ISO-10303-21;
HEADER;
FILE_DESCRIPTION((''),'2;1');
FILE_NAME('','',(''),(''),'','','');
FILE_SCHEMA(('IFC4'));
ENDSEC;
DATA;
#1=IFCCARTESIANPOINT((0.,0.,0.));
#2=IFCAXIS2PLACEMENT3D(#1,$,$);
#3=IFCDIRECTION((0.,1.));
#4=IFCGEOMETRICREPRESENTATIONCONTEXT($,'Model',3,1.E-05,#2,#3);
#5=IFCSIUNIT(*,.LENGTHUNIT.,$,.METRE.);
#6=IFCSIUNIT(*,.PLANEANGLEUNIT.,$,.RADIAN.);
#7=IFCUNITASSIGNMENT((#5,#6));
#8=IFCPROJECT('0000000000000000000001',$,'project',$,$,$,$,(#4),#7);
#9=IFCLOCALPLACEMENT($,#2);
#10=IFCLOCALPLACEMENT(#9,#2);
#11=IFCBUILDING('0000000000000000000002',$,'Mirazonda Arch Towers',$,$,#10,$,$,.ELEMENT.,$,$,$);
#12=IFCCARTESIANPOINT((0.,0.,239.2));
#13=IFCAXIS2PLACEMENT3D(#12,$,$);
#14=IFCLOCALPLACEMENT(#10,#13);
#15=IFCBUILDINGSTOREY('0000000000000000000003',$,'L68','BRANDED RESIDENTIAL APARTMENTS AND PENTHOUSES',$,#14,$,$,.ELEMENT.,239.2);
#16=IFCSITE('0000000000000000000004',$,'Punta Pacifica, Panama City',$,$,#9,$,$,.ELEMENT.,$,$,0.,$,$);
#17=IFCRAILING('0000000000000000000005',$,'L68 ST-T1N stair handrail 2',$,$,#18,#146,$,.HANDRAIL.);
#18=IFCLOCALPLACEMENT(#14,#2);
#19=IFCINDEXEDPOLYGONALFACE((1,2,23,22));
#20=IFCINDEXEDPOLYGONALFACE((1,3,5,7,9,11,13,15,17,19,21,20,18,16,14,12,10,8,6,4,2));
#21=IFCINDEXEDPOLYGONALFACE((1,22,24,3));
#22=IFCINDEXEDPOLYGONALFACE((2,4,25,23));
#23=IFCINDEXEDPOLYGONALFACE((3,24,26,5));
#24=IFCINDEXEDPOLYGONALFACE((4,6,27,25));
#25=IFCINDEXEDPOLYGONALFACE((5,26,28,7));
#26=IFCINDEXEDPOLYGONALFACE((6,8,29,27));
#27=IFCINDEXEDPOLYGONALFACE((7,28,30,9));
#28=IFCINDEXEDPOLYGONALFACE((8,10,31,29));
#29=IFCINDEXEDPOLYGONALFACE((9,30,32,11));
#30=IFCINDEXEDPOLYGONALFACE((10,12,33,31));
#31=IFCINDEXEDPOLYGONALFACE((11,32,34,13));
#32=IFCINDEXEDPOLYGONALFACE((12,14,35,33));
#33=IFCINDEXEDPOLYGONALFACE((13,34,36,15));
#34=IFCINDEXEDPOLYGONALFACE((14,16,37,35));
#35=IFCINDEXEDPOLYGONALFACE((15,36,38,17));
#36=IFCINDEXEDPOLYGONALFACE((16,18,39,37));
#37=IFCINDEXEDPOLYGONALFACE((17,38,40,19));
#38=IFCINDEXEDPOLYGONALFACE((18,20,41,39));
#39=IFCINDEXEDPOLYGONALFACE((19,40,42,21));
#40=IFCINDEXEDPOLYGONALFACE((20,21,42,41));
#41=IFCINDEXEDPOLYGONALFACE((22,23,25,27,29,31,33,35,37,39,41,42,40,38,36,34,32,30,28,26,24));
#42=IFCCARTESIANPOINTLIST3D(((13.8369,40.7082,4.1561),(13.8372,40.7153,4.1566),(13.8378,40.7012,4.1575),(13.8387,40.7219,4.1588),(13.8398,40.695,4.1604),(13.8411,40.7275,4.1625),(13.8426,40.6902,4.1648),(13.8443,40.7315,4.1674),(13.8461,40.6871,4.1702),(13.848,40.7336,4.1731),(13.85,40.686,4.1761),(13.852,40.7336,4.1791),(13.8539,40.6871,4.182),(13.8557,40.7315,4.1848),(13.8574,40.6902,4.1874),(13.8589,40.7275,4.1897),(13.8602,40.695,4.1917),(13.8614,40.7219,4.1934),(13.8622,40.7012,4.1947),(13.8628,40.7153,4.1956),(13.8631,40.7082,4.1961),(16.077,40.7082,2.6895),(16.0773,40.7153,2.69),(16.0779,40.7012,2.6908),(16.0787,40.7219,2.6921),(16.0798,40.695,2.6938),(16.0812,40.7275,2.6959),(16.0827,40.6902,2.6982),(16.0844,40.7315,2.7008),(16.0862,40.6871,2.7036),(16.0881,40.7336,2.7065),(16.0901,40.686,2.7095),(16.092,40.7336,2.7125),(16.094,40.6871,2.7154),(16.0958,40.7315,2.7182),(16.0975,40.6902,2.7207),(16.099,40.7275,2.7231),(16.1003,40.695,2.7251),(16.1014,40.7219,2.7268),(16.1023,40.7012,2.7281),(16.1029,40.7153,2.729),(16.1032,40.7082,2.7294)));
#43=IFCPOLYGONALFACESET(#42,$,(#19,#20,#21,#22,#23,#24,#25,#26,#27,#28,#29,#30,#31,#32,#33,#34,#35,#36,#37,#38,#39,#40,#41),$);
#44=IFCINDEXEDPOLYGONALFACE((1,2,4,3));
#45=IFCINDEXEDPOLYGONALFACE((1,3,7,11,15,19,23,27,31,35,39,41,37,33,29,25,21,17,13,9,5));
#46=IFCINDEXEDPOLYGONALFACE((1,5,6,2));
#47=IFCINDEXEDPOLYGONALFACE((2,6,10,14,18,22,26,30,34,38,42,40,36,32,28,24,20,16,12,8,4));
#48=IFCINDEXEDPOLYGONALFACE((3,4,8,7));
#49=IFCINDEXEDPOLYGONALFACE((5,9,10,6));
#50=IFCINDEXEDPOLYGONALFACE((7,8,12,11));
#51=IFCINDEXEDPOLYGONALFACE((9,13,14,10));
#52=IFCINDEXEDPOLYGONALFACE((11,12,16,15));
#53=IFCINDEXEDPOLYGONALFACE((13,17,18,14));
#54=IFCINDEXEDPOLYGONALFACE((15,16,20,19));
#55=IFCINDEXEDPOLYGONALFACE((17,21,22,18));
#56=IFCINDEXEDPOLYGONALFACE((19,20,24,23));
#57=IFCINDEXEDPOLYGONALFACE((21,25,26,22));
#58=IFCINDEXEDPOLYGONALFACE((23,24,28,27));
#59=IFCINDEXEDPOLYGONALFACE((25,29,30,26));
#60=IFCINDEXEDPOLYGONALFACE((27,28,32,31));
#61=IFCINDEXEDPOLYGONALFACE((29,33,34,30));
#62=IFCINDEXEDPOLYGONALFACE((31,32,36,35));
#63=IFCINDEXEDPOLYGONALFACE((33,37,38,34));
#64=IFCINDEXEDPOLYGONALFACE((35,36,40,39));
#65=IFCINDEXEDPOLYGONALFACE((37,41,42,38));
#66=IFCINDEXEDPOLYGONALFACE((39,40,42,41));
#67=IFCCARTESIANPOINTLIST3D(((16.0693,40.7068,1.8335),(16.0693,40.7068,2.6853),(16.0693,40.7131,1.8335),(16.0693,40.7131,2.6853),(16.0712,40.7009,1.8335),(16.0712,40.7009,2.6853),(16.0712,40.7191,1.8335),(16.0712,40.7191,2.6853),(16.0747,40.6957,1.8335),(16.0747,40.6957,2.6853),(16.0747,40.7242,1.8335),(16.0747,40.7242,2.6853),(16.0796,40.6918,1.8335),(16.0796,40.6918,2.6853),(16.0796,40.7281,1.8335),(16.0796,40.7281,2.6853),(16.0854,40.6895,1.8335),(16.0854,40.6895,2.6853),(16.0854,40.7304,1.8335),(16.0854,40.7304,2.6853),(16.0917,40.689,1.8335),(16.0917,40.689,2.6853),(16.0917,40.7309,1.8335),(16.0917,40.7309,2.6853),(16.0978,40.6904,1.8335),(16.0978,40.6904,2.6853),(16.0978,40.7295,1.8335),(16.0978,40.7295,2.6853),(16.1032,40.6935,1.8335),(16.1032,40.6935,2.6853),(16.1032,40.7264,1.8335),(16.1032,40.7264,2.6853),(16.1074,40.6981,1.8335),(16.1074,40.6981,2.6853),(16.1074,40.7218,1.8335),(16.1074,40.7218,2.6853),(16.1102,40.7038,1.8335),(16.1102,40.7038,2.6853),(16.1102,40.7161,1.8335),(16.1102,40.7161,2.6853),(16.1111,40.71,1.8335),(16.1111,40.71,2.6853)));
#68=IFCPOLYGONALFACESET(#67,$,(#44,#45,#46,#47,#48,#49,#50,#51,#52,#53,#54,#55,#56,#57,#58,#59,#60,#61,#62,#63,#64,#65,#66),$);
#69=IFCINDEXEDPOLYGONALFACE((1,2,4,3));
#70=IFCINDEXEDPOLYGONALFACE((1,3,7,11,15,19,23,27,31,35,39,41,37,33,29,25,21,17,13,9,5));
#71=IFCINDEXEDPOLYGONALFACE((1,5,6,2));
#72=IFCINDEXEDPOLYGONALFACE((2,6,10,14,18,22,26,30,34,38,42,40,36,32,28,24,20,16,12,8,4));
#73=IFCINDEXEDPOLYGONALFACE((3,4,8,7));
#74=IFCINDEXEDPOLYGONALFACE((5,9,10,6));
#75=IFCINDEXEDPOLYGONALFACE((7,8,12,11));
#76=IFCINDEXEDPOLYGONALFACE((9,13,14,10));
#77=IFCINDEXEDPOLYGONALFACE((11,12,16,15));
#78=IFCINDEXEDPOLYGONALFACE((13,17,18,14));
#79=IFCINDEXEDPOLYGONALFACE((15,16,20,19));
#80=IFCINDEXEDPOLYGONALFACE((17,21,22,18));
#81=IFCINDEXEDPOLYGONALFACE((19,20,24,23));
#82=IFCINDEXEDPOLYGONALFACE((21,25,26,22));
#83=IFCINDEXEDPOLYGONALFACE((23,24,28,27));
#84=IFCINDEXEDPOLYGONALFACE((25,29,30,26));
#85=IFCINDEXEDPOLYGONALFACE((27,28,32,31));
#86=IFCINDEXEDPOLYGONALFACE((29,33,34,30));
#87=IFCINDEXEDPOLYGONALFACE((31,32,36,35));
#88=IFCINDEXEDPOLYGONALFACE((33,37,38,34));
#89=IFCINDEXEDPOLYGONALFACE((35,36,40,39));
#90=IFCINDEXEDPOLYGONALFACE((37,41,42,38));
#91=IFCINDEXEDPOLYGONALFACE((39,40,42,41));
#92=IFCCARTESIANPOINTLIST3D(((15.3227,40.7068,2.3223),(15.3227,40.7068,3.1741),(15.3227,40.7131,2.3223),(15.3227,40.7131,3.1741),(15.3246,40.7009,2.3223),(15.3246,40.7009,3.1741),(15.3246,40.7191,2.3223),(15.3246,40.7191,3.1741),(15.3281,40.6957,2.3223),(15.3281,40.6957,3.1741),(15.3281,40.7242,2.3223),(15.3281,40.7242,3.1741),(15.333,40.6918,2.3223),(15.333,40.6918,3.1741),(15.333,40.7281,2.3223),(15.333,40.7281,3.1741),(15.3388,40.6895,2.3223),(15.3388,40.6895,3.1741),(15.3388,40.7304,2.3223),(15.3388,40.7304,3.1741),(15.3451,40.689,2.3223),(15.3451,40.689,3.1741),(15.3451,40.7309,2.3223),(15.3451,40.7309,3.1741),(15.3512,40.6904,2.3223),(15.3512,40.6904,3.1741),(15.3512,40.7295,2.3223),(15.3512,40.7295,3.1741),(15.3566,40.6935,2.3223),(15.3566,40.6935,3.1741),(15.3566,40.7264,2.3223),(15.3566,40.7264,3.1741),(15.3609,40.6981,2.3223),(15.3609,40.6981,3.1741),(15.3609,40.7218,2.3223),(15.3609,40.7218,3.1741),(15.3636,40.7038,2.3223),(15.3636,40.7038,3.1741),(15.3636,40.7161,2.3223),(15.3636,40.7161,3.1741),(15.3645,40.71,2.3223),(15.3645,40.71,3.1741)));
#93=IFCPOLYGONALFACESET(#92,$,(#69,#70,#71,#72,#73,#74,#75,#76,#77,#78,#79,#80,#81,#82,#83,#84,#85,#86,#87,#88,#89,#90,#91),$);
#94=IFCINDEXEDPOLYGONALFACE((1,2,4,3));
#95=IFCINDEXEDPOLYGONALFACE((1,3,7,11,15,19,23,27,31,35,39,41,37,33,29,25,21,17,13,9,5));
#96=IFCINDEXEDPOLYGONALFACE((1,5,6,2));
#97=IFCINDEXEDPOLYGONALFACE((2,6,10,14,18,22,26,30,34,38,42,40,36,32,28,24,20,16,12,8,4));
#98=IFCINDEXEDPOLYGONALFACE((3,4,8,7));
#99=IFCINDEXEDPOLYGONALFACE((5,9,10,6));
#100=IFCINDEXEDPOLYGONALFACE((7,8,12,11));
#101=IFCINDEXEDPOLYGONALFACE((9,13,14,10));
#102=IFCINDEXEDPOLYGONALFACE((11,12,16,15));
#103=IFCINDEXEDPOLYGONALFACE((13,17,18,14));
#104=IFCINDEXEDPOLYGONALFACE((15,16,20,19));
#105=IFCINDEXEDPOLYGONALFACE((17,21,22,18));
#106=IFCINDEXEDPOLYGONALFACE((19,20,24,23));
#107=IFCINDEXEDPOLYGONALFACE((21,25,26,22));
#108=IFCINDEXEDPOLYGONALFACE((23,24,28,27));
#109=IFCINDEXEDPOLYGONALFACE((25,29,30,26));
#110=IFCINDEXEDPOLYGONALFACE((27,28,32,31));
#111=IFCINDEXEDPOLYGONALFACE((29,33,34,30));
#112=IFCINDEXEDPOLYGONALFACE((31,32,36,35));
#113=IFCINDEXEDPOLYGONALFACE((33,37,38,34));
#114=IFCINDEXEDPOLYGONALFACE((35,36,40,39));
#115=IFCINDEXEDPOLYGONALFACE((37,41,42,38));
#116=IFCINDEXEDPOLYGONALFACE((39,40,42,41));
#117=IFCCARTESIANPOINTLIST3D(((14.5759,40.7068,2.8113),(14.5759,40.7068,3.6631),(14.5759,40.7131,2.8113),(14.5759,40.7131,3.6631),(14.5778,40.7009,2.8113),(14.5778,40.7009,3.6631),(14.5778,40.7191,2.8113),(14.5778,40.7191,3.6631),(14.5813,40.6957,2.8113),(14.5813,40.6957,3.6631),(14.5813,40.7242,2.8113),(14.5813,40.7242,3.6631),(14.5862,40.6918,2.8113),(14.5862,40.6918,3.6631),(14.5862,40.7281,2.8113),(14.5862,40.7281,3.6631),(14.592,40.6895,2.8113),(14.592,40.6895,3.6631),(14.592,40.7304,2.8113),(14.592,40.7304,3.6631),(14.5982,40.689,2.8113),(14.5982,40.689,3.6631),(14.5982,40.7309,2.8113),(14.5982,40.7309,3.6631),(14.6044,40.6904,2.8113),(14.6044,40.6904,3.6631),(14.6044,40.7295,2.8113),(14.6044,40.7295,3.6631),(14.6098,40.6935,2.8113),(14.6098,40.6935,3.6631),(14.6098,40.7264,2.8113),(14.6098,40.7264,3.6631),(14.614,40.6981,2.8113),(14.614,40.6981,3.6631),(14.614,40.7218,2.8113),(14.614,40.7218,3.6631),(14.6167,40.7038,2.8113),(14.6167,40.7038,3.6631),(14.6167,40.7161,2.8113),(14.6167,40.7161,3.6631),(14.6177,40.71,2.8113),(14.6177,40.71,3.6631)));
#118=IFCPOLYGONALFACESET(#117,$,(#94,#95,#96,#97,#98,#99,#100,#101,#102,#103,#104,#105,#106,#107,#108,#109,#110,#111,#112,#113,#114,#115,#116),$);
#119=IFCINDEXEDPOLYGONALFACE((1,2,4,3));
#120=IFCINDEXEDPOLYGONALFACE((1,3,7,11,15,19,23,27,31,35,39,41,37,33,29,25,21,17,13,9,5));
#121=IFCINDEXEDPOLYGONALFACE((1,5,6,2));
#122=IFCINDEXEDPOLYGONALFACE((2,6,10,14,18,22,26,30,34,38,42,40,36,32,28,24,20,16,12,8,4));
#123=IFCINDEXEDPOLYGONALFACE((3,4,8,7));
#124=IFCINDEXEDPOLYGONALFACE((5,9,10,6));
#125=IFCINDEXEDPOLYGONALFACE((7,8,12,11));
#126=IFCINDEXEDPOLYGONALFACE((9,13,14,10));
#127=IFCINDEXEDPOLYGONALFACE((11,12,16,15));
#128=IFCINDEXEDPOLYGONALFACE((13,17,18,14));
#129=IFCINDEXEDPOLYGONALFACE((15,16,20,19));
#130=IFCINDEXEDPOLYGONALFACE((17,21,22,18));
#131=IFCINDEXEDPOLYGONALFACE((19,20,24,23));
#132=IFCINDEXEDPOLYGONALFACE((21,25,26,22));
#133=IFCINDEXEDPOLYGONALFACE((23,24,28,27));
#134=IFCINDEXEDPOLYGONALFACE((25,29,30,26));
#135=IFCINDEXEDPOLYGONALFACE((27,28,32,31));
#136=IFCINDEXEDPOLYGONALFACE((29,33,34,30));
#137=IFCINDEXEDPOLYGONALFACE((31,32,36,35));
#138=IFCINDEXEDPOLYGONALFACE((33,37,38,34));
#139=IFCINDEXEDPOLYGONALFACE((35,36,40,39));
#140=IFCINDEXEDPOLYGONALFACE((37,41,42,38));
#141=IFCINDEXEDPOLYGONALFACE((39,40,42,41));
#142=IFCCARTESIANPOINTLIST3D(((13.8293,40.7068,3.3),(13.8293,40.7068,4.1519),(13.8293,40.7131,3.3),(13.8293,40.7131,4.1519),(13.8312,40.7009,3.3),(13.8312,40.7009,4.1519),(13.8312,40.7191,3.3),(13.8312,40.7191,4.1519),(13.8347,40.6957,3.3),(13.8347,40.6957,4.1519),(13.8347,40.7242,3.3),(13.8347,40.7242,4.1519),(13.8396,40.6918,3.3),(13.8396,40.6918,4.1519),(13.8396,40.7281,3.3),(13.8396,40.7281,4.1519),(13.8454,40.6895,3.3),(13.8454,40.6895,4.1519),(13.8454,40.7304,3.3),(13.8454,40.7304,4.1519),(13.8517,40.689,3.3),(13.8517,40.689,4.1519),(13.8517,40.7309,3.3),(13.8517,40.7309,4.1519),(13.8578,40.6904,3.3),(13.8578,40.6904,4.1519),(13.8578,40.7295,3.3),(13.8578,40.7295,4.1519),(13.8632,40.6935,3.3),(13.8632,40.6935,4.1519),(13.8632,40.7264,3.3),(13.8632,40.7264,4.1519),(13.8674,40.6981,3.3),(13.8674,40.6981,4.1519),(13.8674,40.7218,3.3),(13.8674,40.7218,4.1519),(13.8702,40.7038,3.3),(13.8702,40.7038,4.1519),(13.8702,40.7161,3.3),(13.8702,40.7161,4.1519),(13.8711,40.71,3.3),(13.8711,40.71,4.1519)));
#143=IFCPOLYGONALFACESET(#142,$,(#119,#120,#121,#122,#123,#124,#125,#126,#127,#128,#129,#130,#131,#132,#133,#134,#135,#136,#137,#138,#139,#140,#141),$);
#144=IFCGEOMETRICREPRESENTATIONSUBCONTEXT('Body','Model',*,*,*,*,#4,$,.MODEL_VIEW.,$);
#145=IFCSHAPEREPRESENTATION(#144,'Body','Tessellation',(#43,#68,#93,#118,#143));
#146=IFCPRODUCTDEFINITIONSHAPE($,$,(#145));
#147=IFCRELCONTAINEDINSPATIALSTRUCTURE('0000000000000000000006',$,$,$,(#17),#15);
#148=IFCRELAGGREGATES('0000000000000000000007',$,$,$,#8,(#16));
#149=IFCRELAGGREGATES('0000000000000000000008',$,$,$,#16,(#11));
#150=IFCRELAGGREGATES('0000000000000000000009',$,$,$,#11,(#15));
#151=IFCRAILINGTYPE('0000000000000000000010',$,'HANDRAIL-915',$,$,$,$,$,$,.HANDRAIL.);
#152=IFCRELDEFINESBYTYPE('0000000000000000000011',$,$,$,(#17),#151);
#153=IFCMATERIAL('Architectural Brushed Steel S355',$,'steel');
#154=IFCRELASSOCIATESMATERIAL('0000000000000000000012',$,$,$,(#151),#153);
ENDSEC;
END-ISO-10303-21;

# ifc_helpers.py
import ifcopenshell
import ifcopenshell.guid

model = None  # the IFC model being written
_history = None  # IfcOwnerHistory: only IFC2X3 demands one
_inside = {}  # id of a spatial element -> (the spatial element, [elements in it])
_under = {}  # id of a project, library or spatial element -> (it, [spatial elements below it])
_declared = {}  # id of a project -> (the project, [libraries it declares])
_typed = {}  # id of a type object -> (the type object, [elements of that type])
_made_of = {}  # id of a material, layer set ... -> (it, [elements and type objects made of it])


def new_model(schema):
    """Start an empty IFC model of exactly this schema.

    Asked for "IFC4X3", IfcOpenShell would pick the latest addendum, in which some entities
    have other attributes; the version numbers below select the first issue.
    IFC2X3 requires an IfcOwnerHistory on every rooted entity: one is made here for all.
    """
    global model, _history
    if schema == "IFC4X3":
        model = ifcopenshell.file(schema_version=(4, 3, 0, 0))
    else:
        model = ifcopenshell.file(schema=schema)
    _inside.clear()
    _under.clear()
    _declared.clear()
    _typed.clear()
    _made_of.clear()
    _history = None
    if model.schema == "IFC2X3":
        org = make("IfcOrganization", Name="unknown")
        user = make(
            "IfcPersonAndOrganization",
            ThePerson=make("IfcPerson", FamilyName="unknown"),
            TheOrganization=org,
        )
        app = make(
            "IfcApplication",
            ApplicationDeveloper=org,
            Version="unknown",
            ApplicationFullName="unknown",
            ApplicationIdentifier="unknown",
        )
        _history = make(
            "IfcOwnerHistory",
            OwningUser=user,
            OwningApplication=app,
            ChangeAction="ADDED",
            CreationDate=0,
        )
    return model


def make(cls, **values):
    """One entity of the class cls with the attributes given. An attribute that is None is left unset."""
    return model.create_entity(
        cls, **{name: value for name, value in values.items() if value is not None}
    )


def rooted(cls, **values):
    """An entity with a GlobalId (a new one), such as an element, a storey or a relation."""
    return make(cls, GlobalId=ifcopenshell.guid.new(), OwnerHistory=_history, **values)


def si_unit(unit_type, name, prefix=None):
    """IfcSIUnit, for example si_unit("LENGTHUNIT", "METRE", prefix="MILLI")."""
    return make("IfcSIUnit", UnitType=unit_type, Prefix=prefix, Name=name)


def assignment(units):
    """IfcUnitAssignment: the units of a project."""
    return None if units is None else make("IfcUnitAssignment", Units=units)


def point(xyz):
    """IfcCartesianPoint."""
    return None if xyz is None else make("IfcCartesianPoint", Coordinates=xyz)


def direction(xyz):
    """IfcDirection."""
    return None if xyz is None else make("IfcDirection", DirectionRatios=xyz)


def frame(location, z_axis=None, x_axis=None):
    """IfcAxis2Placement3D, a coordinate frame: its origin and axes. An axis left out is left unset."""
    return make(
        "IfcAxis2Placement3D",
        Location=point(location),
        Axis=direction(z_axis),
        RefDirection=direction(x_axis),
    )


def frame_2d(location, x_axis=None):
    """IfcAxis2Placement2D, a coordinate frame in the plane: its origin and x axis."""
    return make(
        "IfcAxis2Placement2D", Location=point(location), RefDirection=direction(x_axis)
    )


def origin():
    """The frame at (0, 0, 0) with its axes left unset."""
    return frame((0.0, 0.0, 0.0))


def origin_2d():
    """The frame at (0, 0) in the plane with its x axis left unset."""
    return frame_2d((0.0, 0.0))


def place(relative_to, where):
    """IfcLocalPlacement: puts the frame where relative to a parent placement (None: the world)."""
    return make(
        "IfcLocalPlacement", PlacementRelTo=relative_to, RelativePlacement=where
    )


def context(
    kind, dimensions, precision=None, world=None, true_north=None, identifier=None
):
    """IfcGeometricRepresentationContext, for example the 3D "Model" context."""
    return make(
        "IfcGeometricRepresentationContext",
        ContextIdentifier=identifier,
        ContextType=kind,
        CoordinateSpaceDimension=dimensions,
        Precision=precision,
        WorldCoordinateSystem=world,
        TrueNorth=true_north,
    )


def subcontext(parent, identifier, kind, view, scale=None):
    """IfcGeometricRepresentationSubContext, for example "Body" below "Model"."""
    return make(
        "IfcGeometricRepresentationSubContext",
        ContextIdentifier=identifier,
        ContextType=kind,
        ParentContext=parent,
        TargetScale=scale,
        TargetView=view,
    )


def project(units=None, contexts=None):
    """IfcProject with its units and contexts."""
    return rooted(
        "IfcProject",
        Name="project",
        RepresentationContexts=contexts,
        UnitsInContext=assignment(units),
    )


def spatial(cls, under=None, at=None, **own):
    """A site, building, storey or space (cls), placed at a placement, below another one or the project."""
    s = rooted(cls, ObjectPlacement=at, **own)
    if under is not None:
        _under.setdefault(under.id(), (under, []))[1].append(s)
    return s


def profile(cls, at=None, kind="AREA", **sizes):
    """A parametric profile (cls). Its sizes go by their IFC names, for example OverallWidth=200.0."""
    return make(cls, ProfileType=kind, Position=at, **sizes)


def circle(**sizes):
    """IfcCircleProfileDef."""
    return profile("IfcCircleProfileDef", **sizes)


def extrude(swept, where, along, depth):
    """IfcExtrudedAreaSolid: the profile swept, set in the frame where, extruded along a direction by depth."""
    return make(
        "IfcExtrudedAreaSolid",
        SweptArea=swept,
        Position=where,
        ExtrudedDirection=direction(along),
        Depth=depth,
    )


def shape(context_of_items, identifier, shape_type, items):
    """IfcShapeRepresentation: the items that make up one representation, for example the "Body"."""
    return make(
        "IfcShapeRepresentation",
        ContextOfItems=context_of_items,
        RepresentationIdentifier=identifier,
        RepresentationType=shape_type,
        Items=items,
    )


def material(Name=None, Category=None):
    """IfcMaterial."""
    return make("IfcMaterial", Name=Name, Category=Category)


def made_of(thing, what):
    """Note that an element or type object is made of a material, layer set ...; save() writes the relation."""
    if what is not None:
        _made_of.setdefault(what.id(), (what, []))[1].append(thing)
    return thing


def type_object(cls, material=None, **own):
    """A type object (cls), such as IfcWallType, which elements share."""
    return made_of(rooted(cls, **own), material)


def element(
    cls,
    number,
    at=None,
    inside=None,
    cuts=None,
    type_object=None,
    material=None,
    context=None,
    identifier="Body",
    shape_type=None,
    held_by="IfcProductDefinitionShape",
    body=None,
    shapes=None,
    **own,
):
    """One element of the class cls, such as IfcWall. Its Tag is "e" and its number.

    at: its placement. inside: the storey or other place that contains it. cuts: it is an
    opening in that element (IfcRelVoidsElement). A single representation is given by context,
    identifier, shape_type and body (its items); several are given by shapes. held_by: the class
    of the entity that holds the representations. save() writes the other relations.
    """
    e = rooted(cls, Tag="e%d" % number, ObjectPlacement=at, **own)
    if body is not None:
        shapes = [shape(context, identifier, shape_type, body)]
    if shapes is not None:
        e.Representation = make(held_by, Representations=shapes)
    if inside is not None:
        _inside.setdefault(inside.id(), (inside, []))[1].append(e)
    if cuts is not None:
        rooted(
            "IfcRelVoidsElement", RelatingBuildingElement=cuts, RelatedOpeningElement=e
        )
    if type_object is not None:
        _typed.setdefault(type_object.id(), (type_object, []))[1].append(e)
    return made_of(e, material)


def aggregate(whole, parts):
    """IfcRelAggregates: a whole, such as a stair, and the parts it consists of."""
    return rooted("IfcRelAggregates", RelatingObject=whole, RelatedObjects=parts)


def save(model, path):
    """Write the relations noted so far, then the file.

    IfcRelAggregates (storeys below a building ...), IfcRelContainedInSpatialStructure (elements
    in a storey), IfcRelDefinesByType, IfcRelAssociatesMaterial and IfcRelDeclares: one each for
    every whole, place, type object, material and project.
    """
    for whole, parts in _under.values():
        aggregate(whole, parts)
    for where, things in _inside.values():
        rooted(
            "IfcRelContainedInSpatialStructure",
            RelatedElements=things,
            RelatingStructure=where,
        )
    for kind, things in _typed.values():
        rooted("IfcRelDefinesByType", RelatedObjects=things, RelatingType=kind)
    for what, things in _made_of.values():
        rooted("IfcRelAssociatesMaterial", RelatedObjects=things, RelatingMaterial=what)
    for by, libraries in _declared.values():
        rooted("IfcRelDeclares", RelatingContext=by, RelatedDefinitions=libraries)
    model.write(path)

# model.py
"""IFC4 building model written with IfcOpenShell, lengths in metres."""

from ifc_helpers import new_model, si_unit, direction, frame, origin, origin_2d, place, context, subcontext, project, spatial, circle, extrude, material, type_object, element, save


model = new_model("IFC4")

# Units and contexts
model_context = context("Model", 3, precision=1e-05, world=origin(), true_north=direction((0.0, 1.0)))
body_context = subcontext(model_context, "Body", "Model", "MODEL_VIEW")
ifc_project = project(units=[si_unit("LENGTHUNIT", "METRE"), si_unit("PLANEANGLEUNIT", "RADIAN")], contexts=[model_context])

# Site, building, storey
site_placement = place(None, origin())
site = spatial("IfcSite", under=ifc_project, at=site_placement, Name="Punta Pacifica, Panama City", CompositionType="ELEMENT", RefElevation=0.0)
building_placement = place(site_placement, origin())
building = spatial("IfcBuilding", under=site, at=building_placement, Name="Mirazonda Arch Towers", CompositionType="ELEMENT")
storey_placement = place(building_placement, frame((0.0, 0.0, 239.2)))
storey = spatial("IfcBuildingStorey", under=building, at=storey_placement, Name="L68", Description="BRANDED RESIDENTIAL APARTMENTS AND PENTHOUSES", CompositionType="ELEMENT", Elevation=239.2)

# Railing
ifc_material_1 = material(Name="Architectural Brushed Steel S355", Category="steel")
railing_type_1 = type_object("IfcRailingType", Name="HANDRAIL-915", PredefinedType="HANDRAIL", material=ifc_material_1)
railing_1_placement = place(storey_placement, frame((16.0901, 40.71, 1.8335)))
element("IfcRailing", 1, at=railing_1_placement, inside=storey, type_object=railing_type_1, Name="L68 ST-T1N stair handrail 2", PredefinedType="HANDRAIL", context=body_context, shape_type="SweptSolid", body=[
    extrude(circle(Radius=0.0239, at=origin_2d()), frame((0.0, 0.0, 0.876), z_axis=(-0.836637, 0.0, 0.547758), x_axis=(0.0, -1.0, 0.0)), (0.0, 0.0, 1.0), 2.6775),
    extrude(circle(Radius=0.021, at=origin_2d()), origin(), (0.0, 0.0, 1.0), 0.8518),
    extrude(circle(Radius=0.021, at=origin_2d()), frame((-0.7466, 0.0, 0.4888)), (0.0, 0.0, 1.0), 0.8518),
    extrude(circle(Radius=0.021, at=origin_2d()), frame((-1.4934, 0.0, 0.9778)), (0.0, 0.0, 1.0), 0.8518),
    extrude(circle(Radius=0.021, at=origin_2d()), frame((-2.24, 0.0, 1.4666)), (0.0, 0.0, 1.0), 0.8518),
])

save(model, "model.ifc")
